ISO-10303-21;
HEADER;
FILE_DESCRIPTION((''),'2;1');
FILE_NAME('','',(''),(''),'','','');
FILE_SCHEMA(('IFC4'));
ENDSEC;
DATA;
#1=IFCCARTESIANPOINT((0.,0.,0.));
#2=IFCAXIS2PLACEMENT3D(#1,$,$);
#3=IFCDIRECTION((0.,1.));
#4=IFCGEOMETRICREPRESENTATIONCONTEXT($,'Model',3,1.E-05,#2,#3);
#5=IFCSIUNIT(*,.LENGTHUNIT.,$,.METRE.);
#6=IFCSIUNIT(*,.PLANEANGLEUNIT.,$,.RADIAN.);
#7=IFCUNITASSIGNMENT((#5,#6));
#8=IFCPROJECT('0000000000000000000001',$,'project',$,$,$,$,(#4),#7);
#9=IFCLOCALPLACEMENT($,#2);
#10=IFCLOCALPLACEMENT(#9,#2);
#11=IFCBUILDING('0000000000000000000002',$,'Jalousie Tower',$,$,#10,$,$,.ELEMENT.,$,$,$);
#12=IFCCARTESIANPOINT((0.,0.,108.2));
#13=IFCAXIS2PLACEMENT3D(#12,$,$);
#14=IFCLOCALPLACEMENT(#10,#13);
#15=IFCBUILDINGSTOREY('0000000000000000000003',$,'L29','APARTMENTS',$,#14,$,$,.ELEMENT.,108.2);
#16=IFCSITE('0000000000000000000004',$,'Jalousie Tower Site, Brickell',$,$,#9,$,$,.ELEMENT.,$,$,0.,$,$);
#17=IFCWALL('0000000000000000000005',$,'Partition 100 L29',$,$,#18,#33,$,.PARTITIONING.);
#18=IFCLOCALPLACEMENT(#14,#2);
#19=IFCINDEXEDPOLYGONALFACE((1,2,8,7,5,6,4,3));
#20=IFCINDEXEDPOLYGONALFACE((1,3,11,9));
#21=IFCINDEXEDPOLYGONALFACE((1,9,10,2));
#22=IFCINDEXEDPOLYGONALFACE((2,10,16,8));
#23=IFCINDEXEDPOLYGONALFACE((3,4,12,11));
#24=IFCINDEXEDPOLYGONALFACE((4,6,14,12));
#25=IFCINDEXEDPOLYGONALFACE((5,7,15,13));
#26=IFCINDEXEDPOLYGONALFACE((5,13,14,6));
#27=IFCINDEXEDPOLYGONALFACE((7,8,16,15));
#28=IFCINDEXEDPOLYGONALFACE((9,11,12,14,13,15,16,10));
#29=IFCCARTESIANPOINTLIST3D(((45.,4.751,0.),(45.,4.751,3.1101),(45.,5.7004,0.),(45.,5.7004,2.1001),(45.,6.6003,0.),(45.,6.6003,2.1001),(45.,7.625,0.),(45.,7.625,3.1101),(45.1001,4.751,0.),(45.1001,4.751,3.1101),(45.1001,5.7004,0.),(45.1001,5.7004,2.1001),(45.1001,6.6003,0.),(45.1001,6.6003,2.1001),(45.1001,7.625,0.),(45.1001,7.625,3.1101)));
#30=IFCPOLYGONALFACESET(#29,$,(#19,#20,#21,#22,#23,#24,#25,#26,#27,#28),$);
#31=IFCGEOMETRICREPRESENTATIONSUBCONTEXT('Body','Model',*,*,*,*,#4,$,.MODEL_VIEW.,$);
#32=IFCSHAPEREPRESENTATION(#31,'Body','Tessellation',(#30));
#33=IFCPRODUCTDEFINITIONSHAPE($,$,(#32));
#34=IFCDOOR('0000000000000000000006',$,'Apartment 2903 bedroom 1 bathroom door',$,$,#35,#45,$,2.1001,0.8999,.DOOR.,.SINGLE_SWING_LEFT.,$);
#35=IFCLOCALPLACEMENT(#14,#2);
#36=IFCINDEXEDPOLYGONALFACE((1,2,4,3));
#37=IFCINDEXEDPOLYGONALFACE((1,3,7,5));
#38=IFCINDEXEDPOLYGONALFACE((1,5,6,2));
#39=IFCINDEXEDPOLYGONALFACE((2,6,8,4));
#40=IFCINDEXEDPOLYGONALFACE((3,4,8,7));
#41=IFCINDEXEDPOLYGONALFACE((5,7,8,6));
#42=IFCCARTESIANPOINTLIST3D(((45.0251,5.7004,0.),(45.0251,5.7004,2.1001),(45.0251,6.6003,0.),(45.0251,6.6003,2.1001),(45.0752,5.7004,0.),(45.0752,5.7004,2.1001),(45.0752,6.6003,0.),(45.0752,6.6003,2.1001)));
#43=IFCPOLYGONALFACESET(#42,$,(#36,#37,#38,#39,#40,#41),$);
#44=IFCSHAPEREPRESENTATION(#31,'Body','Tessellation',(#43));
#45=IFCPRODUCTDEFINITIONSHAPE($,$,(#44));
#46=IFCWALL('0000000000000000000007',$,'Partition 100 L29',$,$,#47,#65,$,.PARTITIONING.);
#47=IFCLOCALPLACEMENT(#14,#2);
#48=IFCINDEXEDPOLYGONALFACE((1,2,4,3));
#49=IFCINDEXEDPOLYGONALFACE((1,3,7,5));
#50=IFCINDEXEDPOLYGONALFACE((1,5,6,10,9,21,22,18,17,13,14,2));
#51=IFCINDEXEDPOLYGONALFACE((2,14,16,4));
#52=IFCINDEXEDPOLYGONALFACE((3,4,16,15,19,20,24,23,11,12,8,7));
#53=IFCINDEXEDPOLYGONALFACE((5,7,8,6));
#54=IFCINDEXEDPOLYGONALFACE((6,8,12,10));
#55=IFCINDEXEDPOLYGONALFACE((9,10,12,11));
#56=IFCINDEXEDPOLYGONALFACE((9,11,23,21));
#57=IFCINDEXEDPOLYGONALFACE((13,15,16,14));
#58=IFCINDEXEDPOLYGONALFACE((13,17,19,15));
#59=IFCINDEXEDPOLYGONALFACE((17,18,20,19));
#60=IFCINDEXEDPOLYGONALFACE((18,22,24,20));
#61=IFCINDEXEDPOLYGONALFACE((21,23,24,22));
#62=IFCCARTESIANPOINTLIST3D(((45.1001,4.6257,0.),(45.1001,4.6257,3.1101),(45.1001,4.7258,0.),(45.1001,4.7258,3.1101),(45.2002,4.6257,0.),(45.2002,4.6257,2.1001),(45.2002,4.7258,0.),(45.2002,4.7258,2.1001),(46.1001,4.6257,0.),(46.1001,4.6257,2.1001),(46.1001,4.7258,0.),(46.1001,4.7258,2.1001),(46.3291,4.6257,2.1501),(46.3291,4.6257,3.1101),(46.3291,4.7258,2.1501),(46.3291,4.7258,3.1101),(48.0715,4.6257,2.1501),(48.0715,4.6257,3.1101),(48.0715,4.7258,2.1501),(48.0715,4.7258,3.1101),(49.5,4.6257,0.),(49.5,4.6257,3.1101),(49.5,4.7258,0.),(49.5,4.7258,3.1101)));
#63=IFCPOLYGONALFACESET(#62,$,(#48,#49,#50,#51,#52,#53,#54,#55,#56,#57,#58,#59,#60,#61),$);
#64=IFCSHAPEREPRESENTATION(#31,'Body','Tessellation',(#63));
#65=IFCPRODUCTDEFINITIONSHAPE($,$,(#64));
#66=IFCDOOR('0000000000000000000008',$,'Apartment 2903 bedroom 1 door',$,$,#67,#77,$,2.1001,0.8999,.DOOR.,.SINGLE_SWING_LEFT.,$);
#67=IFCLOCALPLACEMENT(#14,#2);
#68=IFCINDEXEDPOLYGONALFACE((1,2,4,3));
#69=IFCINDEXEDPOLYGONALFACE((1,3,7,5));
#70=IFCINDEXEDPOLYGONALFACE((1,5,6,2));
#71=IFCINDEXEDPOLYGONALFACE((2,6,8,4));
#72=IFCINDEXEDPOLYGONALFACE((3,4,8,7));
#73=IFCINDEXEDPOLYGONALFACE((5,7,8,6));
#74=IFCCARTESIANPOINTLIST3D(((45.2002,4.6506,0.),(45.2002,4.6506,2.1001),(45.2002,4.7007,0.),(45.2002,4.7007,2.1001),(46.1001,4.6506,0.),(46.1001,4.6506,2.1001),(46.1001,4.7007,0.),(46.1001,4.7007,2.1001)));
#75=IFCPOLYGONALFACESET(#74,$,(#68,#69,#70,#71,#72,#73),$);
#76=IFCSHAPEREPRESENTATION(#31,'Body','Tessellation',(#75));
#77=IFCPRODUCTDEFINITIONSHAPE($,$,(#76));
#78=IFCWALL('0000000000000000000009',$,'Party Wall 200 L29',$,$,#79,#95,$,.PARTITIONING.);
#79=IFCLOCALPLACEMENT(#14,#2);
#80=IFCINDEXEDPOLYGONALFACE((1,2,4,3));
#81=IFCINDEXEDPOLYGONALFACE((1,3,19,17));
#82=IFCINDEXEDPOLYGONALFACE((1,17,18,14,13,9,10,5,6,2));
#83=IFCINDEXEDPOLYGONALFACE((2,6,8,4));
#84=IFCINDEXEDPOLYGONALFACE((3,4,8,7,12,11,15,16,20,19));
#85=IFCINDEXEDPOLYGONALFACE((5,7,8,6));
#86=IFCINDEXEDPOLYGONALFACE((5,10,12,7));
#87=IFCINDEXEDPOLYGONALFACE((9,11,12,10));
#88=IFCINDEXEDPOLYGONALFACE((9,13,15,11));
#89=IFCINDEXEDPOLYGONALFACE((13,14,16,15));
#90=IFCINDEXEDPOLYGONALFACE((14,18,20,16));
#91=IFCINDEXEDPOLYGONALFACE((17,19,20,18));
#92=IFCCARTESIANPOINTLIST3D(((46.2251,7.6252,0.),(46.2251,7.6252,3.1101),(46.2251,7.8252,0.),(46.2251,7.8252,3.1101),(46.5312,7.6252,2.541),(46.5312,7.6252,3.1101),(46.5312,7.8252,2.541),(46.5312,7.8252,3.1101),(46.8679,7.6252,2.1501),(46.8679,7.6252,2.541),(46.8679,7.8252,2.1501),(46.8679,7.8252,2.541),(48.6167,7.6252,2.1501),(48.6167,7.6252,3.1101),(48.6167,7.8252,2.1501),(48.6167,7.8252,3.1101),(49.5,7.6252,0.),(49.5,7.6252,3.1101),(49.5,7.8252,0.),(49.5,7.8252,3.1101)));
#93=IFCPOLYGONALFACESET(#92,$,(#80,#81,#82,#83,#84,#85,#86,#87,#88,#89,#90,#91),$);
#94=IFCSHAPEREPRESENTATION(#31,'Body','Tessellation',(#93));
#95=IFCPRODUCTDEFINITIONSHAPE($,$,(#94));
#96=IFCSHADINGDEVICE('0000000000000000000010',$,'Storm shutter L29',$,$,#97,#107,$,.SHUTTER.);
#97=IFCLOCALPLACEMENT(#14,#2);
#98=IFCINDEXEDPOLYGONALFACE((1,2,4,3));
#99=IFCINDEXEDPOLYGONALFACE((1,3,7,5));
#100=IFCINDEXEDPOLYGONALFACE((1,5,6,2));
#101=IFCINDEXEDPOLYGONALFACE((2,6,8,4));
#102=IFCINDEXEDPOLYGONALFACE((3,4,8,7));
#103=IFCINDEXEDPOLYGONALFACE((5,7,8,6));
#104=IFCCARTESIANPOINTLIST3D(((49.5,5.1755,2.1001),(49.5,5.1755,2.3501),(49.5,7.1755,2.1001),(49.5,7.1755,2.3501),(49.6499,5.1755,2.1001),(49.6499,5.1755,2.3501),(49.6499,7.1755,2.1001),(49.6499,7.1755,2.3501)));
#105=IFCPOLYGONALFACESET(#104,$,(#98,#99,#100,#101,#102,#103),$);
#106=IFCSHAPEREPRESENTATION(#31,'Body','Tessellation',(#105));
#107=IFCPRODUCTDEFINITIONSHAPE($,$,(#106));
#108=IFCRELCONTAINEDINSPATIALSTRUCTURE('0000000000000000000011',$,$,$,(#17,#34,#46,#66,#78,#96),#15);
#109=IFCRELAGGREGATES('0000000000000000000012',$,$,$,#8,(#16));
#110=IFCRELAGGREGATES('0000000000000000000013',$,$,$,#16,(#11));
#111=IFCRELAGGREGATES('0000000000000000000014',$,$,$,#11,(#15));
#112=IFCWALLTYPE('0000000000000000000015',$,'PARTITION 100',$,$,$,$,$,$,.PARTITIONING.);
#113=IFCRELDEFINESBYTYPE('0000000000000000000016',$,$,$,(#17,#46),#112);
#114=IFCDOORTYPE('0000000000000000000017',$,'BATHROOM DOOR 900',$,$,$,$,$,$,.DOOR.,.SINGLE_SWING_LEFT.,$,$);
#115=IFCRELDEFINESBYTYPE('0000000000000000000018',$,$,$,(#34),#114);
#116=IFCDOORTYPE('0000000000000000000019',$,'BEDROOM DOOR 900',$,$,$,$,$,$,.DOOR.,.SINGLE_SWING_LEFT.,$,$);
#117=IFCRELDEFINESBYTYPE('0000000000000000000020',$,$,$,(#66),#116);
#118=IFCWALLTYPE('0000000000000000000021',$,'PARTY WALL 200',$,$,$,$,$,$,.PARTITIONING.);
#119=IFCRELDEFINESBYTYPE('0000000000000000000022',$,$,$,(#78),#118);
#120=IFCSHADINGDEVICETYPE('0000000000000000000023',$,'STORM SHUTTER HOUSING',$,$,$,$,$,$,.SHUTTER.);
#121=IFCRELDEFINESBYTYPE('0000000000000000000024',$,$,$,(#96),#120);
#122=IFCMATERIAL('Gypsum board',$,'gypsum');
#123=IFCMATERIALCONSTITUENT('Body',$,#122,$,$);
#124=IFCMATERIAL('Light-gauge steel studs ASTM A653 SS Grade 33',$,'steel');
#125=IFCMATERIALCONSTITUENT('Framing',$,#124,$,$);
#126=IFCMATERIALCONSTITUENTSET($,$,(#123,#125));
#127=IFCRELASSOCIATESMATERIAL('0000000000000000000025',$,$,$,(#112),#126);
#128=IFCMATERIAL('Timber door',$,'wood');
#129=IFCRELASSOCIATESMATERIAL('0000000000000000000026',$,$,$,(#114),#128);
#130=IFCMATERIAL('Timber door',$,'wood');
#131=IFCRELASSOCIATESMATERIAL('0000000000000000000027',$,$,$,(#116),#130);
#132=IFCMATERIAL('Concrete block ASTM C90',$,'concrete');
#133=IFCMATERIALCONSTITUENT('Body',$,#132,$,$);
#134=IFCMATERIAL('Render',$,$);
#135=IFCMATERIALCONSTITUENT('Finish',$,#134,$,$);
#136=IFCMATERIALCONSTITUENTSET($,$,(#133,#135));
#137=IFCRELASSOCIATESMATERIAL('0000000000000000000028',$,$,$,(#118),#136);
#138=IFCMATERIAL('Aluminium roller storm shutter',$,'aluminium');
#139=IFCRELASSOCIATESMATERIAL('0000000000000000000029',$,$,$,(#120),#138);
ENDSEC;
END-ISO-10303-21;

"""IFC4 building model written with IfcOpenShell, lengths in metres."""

from ifc_helpers import new_model, si_unit, direction, frame, frame_2d, origin, origin_2d, place, context, subcontext, project, spatial, polyline, rectangle, outline, extrude, material, constituent, constituent_set, type_object, element, fill, save


model = new_model("IFC4")

# Units and contexts
model_context = context("Model", 3, precision=1e-05, world=origin(), true_north=direction((0.0, 1.0)))
body_context = subcontext(model_context, "Body", "Model", "MODEL_VIEW")
ifc_project = project(units=[si_unit("LENGTHUNIT", "METRE"), si_unit("PLANEANGLEUNIT", "RADIAN")], contexts=[model_context])

# Site, building, storey
site_placement = place(None, origin())
site = spatial("IfcSite", under=ifc_project, at=site_placement, Name="Jalousie Tower Site, Brickell", CompositionType="ELEMENT", RefElevation=0.0)
building_placement = place(site_placement, origin())
building = spatial("IfcBuilding", under=site, at=building_placement, Name="Jalousie Tower", CompositionType="ELEMENT")
storey_placement = place(building_placement, frame((0.0, 0.0, 108.2)))
storey = spatial("IfcBuildingStorey", under=building, at=storey_placement, Name="L29", Description="APARTMENTS", CompositionType="ELEMENT", Elevation=108.2)

# Walls, openings, doors
ifc_material_1 = material(Name="Gypsum board", Category="gypsum")
ifc_constituent_1 = constituent(ifc_material_1, Name="Body")
ifc_material_2 = material(Name="Light-gauge steel studs ASTM A653 SS Grade 33", Category="steel")
ifc_constituent_2 = constituent(ifc_material_2, Name="Framing")
ifc_constituent_set_1 = constituent_set(constituents=[ifc_constituent_1, ifc_constituent_2])
wall_type_1 = type_object("IfcWallType", Name="PARTITION 100", PredefinedType="PARTITIONING", material=ifc_constituent_set_1)
wall_1_placement = place(storey_placement, frame((45.05, 4.751, 0.0), z_axis=(0.0, 0.0, 1.0), x_axis=(0.0, 1.0, 0.0)))
wall_1 = element("IfcWall", 1, at=wall_1_placement, inside=storey, type_object=wall_type_1, Name="Partition 100 L29", PredefinedType="PARTITIONING", context=body_context, shape_type="SweptSolid", body=[
    extrude(rectangle(XDim=2.874, YDim=0.1001, at=frame_2d((1.437, 0.0))), origin(), (0.0, 0.0, 1.0), 3.1101),
])
opening_1_placement = place(wall_1_placement, frame((0.9495, 0.0, 0.0)))
opening_1 = element("IfcOpeningElement", 2, at=opening_1_placement, cuts=wall_1, PredefinedType="OPENING", context=body_context, shape_type="SweptSolid", body=[
    extrude(rectangle(XDim=0.8999, YDim=2.1001, at=frame_2d((0.45, 1.05))), frame((0.0, 0.0601, 0.0), z_axis=(0.0, -1.0, 0.0), x_axis=(1.0, 0.0, 0.0)), (0.0, 0.0, 1.0), 0.1201),
])
ifc_material_3 = material(Name="Timber door", Category="wood")
door_type_1 = type_object("IfcDoorType", Name="BATHROOM DOOR 900", OperationType="SINGLE_SWING_LEFT", PredefinedType="DOOR", material=ifc_material_3)
door_1_placement = place(opening_1_placement, origin())
door_1 = element("IfcDoor", 3, at=door_1_placement, inside=storey, type_object=door_type_1, Name="Apartment 2903 bedroom 1 bathroom door", OperationType="SINGLE_SWING_LEFT", OverallHeight=2.1001, OverallWidth=0.8999, PredefinedType="DOOR", context=body_context, shape_type="SweptSolid", body=[
    extrude(rectangle(XDim=0.8999, YDim=2.1001, at=frame_2d((0.45, 1.05))), frame((0.0, 0.0249, 0.0), z_axis=(0.0, -1.0, 0.0), x_axis=(1.0, 0.0, 0.0)), (0.0, 0.0, 1.0), 0.05),
])
fill(opening_1, door_1)
wall_2_placement = place(storey_placement, frame((45.1001, 4.6758, 0.0), z_axis=(0.0, 0.0, 1.0), x_axis=(1.0, 0.0, 0.0)))
wall_2 = element("IfcWall", 4, at=wall_2_placement, inside=storey, type_object=wall_type_1, Name="Partition 100 L29", PredefinedType="PARTITIONING", context=body_context, shape_type="SweptSolid", body=[
    extrude(outline(polyline([(0.0, 0.0), (4.3999, 0.0), (4.3999, 3.1101), (2.9714, 3.1101), (2.9714, 2.1501), (1.229, 2.1501), (1.229, 3.1101), (0.0, 3.1101), (0.0, 0.0)])), frame((0.0, 0.05, 0.0), z_axis=(0.0, -1.0, 0.0), x_axis=(1.0, 0.0, 0.0)), (0.0, 0.0, 1.0), 0.1001),
])
opening_2_placement = place(wall_2_placement, frame((0.1001, 0.0, 0.0)))
opening_2 = element("IfcOpeningElement", 5, at=opening_2_placement, cuts=wall_2, PredefinedType="OPENING", context=body_context, shape_type="SweptSolid", body=[
    extrude(rectangle(XDim=0.8999, YDim=2.1001, at=frame_2d((0.45, 1.05))), frame((0.0, 0.0601, 0.0), z_axis=(0.0, -1.0, 0.0), x_axis=(1.0, 0.0, 0.0)), (0.0, 0.0, 1.0), 0.1201),
])
ifc_material_4 = material(Name="Timber door", Category="wood")
door_type_2 = type_object("IfcDoorType", Name="BEDROOM DOOR 900", OperationType="SINGLE_SWING_LEFT", PredefinedType="DOOR", material=ifc_material_4)
door_2_placement = place(opening_2_placement, origin())
door_2 = element("IfcDoor", 6, at=door_2_placement, inside=storey, type_object=door_type_2, Name="Apartment 2903 bedroom 1 door", OperationType="SINGLE_SWING_LEFT", OverallHeight=2.1001, OverallWidth=0.8999, PredefinedType="DOOR", context=body_context, shape_type="SweptSolid", body=[
    extrude(rectangle(XDim=0.8999, YDim=2.1001, at=frame_2d((0.45, 1.05))), frame((0.0, 0.0249, 0.0), z_axis=(0.0, -1.0, 0.0), x_axis=(1.0, 0.0, 0.0)), (0.0, 0.0, 1.0), 0.05),
])
fill(opening_2, door_2)

# Wall
ifc_material_5 = material(Name="Concrete block ASTM C90", Category="concrete")
ifc_constituent_3 = constituent(ifc_material_5, Name="Body")
ifc_material_6 = material(Name="Render")
ifc_constituent_4 = constituent(ifc_material_6, Name="Finish")
ifc_constituent_set_2 = constituent_set(constituents=[ifc_constituent_3, ifc_constituent_4])
wall_type_2 = type_object("IfcWallType", Name="PARTY WALL 200", PredefinedType="PARTITIONING", material=ifc_constituent_set_2)
wall_3_placement = place(storey_placement, frame((46.2251, 7.7251, 0.0), z_axis=(0.0, 0.0, 1.0), x_axis=(1.0, 0.0, 0.0)))
element("IfcWall", 7, at=wall_3_placement, inside=storey, type_object=wall_type_2, Name="Party Wall 200 L29", PredefinedType="PARTITIONING", context=body_context, shape_type="SweptSolid", body=[
    extrude(outline(polyline([(0.0, 0.0), (3.2749, 0.0), (3.2749, 3.1101), (2.3916, 3.1101), (2.3916, 2.1501), (0.6428, 2.1501), (0.6428, 2.541), (0.3062, 2.541), (0.3062, 3.1101), (0.0, 3.1101), (0.0, 0.0)])), frame((0.0, 0.1001, 0.0), z_axis=(0.0, -1.0, 0.0), x_axis=(1.0, 0.0, 0.0)), (0.0, 0.0, 1.0), 0.2),
])

# Shading device
ifc_material_7 = material(Name="Aluminium roller storm shutter", Category="aluminium")
shading_device_type = type_object("IfcShadingDeviceType", Name="STORM SHUTTER HOUSING", PredefinedType="SHUTTER", material=ifc_material_7)
shading_device_placement = place(storey_placement, frame((49.575, 6.1755, 2.1001), z_axis=(0.0, 0.0, 1.0), x_axis=(0.0, 1.0, 0.0)))
element("IfcShadingDevice", 8, at=shading_device_placement, inside=storey, type_object=shading_device_type, Name="Storm shutter L29", PredefinedType="SHUTTER", context=body_context, shape_type="SweptSolid", body=[
    extrude(rectangle(XDim=2.0, YDim=0.1499, at=origin_2d()), origin(), (0.0, 0.0, 1.0), 0.25),
])

save(model, "model.ifc")
